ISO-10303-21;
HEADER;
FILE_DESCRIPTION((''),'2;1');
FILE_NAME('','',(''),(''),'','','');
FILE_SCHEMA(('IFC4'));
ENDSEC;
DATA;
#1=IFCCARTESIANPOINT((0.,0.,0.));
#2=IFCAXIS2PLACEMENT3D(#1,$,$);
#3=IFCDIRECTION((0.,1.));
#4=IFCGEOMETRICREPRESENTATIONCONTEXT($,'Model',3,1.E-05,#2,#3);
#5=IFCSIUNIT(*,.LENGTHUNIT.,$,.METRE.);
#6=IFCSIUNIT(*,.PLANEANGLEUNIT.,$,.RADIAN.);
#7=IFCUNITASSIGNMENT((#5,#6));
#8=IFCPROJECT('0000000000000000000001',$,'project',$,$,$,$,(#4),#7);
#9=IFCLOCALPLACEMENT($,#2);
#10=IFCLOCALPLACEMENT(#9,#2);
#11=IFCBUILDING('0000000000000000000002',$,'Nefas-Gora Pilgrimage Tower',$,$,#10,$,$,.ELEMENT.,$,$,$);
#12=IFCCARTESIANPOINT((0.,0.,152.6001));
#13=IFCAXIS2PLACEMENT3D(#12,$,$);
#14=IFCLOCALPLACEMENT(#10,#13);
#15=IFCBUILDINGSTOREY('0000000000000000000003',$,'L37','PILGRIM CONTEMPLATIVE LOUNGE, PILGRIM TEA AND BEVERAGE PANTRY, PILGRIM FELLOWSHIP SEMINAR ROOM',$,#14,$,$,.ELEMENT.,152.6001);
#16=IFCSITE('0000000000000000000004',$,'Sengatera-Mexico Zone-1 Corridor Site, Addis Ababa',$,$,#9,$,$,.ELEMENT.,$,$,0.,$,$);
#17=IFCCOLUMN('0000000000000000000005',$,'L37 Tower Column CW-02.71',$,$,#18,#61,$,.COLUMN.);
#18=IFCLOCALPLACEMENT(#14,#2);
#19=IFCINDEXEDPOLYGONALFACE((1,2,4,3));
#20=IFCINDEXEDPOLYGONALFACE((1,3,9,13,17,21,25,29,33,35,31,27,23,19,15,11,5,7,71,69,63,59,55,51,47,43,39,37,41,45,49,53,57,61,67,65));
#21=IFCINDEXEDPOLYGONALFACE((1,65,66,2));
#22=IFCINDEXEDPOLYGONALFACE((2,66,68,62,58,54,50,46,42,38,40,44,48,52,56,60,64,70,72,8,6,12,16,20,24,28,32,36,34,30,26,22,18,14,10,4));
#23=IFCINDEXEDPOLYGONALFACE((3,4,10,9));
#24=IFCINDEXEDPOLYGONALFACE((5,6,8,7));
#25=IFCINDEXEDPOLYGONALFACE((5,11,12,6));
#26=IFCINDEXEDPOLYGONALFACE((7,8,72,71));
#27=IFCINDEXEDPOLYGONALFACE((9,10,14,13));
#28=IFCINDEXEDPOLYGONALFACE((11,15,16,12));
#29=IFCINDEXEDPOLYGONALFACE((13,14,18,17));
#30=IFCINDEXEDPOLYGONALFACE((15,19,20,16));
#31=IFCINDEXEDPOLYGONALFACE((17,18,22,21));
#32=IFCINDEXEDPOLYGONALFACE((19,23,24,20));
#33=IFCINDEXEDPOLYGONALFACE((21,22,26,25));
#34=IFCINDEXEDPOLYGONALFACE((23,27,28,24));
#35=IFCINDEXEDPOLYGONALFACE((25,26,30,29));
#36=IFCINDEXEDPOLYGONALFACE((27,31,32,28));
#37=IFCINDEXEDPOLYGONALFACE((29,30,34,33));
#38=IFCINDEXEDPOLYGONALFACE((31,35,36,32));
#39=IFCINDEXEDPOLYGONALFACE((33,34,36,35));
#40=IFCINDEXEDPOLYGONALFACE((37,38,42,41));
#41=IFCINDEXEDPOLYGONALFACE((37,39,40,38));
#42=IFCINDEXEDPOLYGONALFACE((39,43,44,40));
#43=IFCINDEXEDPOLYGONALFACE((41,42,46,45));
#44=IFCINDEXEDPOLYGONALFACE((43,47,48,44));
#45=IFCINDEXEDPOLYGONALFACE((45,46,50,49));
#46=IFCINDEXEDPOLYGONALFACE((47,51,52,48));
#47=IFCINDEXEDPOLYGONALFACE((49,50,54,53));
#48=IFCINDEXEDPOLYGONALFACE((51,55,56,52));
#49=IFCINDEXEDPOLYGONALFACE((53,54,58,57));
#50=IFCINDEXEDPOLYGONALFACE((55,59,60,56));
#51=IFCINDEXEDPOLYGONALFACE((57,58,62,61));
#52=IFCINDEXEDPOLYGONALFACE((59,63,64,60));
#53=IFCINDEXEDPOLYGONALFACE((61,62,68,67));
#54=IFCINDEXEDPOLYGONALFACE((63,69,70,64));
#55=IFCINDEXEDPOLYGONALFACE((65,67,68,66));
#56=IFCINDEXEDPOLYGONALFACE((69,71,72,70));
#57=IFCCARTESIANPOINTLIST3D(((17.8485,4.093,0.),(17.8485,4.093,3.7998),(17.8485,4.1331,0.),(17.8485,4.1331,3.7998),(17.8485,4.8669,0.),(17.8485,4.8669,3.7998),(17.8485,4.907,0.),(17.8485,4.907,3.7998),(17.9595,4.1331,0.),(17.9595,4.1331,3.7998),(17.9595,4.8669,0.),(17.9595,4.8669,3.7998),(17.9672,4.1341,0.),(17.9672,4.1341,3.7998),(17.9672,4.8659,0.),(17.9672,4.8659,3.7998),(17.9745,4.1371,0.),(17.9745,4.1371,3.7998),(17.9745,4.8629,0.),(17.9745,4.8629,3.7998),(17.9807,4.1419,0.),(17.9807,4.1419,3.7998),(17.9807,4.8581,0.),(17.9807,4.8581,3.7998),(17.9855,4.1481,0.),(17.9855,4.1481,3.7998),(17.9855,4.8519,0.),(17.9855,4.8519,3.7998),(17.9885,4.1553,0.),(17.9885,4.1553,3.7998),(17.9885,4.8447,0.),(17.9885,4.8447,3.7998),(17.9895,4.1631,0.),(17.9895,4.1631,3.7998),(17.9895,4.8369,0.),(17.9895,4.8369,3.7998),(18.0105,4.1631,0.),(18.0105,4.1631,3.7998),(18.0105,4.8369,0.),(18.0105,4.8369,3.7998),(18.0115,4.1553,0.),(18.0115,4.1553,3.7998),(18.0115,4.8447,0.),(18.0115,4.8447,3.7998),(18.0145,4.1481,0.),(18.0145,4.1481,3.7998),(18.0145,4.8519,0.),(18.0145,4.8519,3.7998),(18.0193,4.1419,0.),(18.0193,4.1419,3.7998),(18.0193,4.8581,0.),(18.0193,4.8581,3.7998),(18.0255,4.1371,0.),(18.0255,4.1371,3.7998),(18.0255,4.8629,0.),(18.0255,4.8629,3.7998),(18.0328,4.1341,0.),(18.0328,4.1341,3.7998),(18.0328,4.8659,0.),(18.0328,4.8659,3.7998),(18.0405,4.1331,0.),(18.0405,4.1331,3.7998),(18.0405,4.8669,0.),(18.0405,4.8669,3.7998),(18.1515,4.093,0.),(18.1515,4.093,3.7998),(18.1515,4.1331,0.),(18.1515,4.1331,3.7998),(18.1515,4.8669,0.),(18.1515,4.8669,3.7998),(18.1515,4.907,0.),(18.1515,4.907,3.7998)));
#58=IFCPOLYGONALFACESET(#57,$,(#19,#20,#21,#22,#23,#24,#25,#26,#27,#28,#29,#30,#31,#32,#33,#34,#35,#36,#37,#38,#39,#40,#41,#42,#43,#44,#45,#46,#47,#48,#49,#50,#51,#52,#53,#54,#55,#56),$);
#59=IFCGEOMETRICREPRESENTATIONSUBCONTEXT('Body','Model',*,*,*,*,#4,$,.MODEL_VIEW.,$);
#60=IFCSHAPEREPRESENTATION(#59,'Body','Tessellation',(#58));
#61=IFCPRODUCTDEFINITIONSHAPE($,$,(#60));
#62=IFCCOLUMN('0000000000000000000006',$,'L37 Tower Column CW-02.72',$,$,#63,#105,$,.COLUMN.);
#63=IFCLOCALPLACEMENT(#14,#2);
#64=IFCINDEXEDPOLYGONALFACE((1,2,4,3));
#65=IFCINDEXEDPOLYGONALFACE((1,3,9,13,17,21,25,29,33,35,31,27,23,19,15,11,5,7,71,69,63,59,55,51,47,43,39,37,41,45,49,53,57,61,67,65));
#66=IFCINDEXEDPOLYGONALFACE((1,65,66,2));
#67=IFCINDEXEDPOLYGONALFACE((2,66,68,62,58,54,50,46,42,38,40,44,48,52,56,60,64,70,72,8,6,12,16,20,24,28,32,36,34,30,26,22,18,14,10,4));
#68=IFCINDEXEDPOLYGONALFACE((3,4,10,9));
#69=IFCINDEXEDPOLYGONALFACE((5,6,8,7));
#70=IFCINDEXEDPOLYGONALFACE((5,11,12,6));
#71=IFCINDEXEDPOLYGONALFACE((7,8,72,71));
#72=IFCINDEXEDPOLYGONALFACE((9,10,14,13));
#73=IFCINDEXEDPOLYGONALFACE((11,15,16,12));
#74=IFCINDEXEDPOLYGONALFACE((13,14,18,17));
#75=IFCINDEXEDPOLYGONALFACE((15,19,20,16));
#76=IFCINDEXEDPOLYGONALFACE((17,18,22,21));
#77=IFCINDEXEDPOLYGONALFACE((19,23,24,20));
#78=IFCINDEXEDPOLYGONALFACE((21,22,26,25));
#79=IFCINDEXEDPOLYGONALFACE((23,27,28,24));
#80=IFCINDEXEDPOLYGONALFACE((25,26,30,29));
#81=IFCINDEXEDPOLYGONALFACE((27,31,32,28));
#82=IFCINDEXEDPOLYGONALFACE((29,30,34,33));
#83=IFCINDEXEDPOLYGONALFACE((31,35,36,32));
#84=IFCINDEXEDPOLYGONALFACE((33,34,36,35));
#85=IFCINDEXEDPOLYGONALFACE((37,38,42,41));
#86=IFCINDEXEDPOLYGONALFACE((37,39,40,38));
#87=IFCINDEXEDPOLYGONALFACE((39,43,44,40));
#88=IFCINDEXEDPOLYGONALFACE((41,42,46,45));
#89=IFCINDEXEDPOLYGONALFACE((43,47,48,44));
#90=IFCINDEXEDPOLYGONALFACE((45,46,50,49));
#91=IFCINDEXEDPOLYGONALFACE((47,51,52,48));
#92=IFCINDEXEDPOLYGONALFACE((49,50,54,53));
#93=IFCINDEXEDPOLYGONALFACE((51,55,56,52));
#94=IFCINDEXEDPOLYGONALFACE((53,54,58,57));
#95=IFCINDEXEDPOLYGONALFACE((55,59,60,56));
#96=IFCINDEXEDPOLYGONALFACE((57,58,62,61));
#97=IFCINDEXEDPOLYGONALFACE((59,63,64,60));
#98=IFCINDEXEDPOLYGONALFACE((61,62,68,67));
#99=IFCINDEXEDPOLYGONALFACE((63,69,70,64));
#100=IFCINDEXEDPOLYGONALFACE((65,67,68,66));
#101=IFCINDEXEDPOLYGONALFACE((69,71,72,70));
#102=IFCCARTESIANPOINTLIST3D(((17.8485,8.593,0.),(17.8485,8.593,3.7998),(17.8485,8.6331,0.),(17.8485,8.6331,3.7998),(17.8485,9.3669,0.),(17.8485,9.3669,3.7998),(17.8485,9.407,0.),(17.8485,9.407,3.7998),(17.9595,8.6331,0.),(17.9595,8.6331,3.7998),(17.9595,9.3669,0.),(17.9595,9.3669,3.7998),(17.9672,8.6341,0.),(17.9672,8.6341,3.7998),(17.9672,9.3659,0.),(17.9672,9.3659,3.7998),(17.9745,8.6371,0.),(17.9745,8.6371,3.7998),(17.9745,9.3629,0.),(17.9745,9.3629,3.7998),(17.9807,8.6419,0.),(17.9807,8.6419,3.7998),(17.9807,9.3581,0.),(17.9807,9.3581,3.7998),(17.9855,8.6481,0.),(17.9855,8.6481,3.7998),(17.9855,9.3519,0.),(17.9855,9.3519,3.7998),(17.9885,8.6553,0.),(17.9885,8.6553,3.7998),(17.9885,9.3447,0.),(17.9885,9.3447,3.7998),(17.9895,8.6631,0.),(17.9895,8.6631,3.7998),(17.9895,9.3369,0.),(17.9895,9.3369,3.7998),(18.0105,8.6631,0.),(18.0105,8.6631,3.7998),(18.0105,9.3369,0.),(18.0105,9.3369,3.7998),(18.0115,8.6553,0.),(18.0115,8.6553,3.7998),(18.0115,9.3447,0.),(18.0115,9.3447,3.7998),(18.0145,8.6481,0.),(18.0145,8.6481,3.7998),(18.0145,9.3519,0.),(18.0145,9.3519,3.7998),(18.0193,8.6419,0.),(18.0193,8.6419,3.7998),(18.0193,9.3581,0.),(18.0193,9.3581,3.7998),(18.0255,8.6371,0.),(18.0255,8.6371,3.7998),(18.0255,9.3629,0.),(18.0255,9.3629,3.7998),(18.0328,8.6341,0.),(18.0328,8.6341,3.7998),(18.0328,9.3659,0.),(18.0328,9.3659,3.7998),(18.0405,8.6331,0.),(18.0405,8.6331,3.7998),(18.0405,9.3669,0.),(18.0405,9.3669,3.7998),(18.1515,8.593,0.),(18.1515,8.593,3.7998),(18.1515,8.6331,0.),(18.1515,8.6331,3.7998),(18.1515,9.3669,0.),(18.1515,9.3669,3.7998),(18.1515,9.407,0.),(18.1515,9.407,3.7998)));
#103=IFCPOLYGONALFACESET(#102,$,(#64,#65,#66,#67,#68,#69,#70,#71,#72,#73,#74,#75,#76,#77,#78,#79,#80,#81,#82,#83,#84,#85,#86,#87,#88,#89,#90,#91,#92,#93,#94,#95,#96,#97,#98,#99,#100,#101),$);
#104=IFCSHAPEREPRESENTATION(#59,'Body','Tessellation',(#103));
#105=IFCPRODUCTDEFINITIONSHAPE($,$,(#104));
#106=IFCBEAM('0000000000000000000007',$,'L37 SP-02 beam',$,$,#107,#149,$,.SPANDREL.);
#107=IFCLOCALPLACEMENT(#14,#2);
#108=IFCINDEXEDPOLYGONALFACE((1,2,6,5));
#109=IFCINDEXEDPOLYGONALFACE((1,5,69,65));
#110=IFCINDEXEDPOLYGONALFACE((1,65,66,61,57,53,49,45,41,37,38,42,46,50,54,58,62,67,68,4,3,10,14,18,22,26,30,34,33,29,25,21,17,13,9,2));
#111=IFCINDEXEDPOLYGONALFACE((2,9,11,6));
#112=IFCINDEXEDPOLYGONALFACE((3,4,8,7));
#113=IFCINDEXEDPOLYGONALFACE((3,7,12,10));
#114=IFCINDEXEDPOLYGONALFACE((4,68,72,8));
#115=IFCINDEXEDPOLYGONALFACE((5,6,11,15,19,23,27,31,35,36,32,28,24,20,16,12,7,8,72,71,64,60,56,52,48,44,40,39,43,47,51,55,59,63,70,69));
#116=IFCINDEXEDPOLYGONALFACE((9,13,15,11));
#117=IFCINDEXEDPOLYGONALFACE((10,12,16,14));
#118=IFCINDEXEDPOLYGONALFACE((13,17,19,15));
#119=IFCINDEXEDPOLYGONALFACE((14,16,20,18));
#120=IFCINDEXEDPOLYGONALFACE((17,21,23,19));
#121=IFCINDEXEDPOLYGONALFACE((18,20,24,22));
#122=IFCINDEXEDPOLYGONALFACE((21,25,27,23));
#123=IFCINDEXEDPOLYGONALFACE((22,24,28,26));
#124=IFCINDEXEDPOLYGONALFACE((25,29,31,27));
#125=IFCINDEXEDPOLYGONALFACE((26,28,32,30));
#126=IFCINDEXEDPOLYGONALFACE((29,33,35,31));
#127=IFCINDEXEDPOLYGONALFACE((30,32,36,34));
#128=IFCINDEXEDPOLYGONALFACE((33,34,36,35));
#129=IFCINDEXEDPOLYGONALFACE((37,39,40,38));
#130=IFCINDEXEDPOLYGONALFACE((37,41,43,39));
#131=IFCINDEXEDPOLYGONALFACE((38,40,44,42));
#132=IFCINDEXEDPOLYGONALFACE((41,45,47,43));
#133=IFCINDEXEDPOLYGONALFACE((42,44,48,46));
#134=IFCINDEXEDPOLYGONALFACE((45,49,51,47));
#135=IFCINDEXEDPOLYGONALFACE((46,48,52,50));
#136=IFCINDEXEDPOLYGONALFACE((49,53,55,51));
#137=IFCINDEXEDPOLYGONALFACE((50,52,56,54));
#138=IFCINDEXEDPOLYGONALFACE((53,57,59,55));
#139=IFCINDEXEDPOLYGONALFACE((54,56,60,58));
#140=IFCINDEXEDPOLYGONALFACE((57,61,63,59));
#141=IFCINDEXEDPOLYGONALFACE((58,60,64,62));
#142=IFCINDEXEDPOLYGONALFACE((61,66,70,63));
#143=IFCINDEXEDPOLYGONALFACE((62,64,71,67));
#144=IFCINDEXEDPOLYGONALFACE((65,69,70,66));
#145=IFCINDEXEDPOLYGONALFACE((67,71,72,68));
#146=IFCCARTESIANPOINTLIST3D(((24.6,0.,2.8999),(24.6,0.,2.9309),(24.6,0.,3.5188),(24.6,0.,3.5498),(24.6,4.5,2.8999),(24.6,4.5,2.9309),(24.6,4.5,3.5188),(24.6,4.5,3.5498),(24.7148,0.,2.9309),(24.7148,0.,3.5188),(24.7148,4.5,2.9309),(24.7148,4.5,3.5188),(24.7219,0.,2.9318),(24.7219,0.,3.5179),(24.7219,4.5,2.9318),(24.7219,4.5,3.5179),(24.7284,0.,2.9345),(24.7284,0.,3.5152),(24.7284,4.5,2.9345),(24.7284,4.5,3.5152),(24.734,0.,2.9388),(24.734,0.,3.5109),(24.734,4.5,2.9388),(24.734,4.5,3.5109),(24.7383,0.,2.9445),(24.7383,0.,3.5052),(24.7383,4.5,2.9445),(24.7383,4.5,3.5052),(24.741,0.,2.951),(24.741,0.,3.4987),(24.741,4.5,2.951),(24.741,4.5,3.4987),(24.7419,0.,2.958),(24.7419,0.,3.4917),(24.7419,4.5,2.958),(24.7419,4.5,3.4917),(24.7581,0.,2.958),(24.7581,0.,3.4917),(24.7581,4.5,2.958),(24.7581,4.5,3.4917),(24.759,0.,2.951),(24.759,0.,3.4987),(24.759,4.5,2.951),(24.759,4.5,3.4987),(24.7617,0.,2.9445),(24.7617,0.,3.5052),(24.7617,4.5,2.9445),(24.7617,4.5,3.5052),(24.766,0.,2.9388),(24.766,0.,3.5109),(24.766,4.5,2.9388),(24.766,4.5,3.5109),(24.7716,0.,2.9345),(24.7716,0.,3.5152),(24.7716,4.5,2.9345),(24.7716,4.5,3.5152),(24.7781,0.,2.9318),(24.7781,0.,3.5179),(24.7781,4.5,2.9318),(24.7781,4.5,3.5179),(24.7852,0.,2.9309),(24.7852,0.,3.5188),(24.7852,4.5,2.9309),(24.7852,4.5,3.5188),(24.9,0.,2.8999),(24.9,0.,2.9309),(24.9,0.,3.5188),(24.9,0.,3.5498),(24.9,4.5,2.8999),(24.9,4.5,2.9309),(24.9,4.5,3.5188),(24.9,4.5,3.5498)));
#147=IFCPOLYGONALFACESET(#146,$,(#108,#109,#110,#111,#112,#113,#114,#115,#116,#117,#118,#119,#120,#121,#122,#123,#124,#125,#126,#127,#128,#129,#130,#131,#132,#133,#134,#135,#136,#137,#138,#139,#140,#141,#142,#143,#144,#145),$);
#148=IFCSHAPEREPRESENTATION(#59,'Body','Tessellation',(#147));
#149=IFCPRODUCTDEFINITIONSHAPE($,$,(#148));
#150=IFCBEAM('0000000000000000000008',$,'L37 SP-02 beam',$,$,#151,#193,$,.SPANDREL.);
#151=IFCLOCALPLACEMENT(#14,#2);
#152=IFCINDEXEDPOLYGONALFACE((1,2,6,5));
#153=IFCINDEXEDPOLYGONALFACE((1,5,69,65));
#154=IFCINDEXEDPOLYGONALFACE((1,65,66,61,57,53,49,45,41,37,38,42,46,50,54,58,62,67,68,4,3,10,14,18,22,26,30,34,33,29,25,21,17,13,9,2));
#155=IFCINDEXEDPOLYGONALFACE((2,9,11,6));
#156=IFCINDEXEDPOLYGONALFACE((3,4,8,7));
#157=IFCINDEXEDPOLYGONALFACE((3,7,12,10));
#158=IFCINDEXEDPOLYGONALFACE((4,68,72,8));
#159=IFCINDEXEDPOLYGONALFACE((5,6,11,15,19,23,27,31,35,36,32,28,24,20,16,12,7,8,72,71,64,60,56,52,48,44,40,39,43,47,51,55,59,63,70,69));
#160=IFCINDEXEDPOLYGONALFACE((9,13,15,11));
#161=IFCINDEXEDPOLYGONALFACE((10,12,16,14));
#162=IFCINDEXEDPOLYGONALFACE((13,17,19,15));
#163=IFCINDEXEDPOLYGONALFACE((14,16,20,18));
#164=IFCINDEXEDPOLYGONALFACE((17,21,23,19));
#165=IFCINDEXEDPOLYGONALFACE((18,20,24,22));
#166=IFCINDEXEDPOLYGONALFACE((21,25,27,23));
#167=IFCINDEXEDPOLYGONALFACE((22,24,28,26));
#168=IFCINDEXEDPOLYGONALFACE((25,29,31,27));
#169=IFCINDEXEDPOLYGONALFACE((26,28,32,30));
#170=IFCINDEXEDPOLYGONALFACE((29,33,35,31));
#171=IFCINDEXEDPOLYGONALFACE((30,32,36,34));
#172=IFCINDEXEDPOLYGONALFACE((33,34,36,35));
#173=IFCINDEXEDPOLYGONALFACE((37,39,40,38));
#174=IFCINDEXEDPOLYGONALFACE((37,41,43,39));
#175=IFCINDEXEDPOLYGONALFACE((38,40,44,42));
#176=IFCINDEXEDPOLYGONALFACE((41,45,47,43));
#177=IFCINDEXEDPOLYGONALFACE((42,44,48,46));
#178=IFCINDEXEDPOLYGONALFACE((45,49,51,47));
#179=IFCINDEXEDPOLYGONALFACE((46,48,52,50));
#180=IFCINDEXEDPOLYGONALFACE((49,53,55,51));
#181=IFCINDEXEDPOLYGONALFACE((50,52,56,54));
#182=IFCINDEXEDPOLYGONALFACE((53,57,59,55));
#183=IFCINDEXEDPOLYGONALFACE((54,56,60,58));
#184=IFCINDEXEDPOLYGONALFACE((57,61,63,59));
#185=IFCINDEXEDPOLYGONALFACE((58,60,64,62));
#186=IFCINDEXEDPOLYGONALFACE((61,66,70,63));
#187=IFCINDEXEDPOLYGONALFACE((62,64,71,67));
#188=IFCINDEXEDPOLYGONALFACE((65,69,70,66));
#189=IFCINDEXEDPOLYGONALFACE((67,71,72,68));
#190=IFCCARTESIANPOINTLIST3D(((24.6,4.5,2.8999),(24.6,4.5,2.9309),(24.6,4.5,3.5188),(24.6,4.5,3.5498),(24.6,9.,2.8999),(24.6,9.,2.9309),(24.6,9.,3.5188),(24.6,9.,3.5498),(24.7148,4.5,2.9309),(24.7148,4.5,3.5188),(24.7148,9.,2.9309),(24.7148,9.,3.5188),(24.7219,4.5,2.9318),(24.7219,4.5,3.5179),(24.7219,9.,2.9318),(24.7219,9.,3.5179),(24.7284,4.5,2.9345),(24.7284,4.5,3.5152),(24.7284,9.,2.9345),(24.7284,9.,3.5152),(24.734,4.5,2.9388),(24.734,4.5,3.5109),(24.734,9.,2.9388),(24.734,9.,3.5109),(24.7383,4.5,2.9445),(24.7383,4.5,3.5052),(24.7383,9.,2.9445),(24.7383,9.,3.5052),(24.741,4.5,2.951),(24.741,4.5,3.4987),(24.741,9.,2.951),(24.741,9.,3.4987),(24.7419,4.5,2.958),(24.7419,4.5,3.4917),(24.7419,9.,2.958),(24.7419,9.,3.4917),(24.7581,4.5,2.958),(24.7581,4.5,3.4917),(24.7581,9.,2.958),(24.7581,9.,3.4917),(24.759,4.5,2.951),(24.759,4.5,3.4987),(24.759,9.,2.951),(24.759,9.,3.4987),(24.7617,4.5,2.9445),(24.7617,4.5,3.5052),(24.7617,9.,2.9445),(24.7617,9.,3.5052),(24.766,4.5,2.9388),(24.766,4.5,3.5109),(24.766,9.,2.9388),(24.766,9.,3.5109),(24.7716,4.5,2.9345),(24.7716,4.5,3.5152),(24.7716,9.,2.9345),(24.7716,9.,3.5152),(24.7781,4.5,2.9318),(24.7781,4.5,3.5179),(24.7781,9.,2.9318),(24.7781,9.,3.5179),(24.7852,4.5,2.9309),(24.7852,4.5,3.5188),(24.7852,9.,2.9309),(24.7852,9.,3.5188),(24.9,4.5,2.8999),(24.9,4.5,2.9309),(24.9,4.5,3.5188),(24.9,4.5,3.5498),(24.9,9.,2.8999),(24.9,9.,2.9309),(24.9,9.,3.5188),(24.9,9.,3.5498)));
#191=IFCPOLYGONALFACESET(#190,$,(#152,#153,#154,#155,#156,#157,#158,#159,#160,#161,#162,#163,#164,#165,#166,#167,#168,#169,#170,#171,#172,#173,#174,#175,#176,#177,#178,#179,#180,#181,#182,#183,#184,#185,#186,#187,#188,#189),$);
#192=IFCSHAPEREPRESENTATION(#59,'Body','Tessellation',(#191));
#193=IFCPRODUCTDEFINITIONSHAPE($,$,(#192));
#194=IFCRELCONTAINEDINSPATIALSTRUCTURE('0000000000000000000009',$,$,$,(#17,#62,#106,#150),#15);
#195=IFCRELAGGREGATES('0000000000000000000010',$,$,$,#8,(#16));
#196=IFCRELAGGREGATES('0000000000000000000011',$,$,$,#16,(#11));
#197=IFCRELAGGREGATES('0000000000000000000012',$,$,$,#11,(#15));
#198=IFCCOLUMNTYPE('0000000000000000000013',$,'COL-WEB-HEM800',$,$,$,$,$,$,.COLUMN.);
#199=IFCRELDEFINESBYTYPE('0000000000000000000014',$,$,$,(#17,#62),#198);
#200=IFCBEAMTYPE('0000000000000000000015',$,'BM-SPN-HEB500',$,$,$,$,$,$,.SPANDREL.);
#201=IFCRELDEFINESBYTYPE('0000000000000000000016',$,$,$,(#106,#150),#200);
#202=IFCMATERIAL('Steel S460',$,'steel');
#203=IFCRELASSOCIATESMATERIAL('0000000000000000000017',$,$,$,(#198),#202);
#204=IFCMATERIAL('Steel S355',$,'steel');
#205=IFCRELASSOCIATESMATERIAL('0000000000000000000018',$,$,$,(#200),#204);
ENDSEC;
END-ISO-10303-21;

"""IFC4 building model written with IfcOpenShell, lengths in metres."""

from ifc_helpers import new_model, si_unit, direction, frame, origin, origin_2d, place, context, subcontext, project, spatial, i_section, extrude, source, transform, mapped, material, material_profile, profile_set, type_object, element, save


model = new_model("IFC4")

# Units and contexts
model_context = context("Model", 3, precision=1e-05, world=origin(), true_north=direction((0.0, 1.0)))
body_context = subcontext(model_context, "Body", "Model", "MODEL_VIEW")
ifc_project = project(units=[si_unit("LENGTHUNIT", "METRE"), si_unit("PLANEANGLEUNIT", "RADIAN")], contexts=[model_context])

# Site, building, storey
site_placement = place(None, origin())
site = spatial("IfcSite", under=ifc_project, at=site_placement, Name="Sengatera-Mexico Zone-1 Corridor Site, Addis Ababa", CompositionType="ELEMENT", RefElevation=0.0)
building_placement = place(site_placement, origin())
building = spatial("IfcBuilding", under=site, at=building_placement, Name="Nefas-Gora Pilgrimage Tower", CompositionType="ELEMENT")
storey_placement = place(building_placement, frame((0.0, 0.0, 152.6001)))
storey = spatial("IfcBuildingStorey", under=building, at=storey_placement, Name="L37", Description="PILGRIM CONTEMPLATIVE LOUNGE, PILGRIM TEA AND BEVERAGE PANTRY, PILGRIM FELLOWSHIP SEMINAR ROOM", CompositionType="ELEMENT", Elevation=152.6001)

# Columns
ifc_material_1 = material(Name="Steel S460", Category="steel")
ifc_material_profile_1 = material_profile(ifc_material_1, i_section(OverallWidth=0.303, OverallDepth=0.814, WebThickness=0.021, FlangeThickness=0.04, FilletRadius=0.03, at=origin_2d()), Name="HEM 800")
ifc_profile_set_1 = profile_set([ifc_material_profile_1], Name="Steel S460")
column_type_1 = type_object("IfcColumnType", Name="COL-WEB-HEM800", PredefinedType="COLUMN", material=ifc_profile_set_1)
shared_shape_1 = source(origin(), body_context, "Body", "SweptSolid", [
    extrude(i_section(OverallWidth=0.303, OverallDepth=0.814, WebThickness=0.021, FlangeThickness=0.04, FilletRadius=0.03, at=origin_2d()), origin(), (0.0, 0.0, 1.0), 3.7998),
])
for number, where, z_axis, x_axis, name in (
    (1, (18.0, 4.5, 0.0), (0.0, 0.0, 1.0), (1.0, 0.0, 0.0), "L37 Tower Column CW-02.71"),
    (2, (18.0, 9.0, 0.0), (0.0, 0.0, 1.0), (1.0, 0.0, 0.0), "L37 Tower Column CW-02.72"),
):
    element("IfcColumn", number, at=place(storey_placement, frame(where, z_axis=z_axis, x_axis=x_axis)), inside=storey, type_object=column_type_1, Name=name, PredefinedType="COLUMN", context=body_context, shape_type="MappedRepresentation", body=[
        mapped(shared_shape_1, transform((0.0, 0.0, 0.0), x_axis=(1.0, 0.0, 0.0), y_axis=(0.0, 1.0, 0.0), z_axis=(0.0, 0.0, 1.0), scale=1.0)),
    ])

# Beams
ifc_material_2 = material(Name="Steel S355", Category="steel")
ifc_material_profile_2 = material_profile(ifc_material_2, i_section(OverallWidth=0.3, OverallDepth=0.6499, WebThickness=0.0161, FlangeThickness=0.031, FilletRadius=0.0271, at=origin_2d()), Name="HEB 650")
ifc_profile_set_2 = profile_set([ifc_material_profile_2], Name="Steel S355")
beam_type_1 = type_object("IfcBeamType", Name="BM-SPN-HEB500", PredefinedType="SPANDREL", material=ifc_profile_set_2)
shared_shape_2 = source(origin(), body_context, "Body", "SweptSolid", [
    extrude(i_section(OverallWidth=0.3, OverallDepth=0.6499, WebThickness=0.0161, FlangeThickness=0.031, FilletRadius=0.0271, at=origin_2d()), origin(), (0.0, 0.0, 1.0), 4.5),
])
for number, where, z_axis, x_axis, name in (
    (3, (24.75, 0.0, 3.2249), (0.0, 1.0, 0.0), (-1.0, 0.0, 0.0), "L37 SP-02 beam"),
    (4, (24.75, 4.5, 3.2249), (0.0, 1.0, 0.0), (-1.0, 0.0, 0.0), "L37 SP-02 beam"),
):
    element("IfcBeam", number, at=place(storey_placement, frame(where, z_axis=z_axis, x_axis=x_axis)), inside=storey, type_object=beam_type_1, Name=name, PredefinedType="SPANDREL", context=body_context, shape_type="MappedRepresentation", body=[
        mapped(shared_shape_2, transform((0.0, 0.0, 0.0), x_axis=(1.0, 0.0, 0.0), y_axis=(0.0, 1.0, 0.0), z_axis=(0.0, 0.0, 1.0), scale=1.0)),
    ])

save(model, "model.ifc")
